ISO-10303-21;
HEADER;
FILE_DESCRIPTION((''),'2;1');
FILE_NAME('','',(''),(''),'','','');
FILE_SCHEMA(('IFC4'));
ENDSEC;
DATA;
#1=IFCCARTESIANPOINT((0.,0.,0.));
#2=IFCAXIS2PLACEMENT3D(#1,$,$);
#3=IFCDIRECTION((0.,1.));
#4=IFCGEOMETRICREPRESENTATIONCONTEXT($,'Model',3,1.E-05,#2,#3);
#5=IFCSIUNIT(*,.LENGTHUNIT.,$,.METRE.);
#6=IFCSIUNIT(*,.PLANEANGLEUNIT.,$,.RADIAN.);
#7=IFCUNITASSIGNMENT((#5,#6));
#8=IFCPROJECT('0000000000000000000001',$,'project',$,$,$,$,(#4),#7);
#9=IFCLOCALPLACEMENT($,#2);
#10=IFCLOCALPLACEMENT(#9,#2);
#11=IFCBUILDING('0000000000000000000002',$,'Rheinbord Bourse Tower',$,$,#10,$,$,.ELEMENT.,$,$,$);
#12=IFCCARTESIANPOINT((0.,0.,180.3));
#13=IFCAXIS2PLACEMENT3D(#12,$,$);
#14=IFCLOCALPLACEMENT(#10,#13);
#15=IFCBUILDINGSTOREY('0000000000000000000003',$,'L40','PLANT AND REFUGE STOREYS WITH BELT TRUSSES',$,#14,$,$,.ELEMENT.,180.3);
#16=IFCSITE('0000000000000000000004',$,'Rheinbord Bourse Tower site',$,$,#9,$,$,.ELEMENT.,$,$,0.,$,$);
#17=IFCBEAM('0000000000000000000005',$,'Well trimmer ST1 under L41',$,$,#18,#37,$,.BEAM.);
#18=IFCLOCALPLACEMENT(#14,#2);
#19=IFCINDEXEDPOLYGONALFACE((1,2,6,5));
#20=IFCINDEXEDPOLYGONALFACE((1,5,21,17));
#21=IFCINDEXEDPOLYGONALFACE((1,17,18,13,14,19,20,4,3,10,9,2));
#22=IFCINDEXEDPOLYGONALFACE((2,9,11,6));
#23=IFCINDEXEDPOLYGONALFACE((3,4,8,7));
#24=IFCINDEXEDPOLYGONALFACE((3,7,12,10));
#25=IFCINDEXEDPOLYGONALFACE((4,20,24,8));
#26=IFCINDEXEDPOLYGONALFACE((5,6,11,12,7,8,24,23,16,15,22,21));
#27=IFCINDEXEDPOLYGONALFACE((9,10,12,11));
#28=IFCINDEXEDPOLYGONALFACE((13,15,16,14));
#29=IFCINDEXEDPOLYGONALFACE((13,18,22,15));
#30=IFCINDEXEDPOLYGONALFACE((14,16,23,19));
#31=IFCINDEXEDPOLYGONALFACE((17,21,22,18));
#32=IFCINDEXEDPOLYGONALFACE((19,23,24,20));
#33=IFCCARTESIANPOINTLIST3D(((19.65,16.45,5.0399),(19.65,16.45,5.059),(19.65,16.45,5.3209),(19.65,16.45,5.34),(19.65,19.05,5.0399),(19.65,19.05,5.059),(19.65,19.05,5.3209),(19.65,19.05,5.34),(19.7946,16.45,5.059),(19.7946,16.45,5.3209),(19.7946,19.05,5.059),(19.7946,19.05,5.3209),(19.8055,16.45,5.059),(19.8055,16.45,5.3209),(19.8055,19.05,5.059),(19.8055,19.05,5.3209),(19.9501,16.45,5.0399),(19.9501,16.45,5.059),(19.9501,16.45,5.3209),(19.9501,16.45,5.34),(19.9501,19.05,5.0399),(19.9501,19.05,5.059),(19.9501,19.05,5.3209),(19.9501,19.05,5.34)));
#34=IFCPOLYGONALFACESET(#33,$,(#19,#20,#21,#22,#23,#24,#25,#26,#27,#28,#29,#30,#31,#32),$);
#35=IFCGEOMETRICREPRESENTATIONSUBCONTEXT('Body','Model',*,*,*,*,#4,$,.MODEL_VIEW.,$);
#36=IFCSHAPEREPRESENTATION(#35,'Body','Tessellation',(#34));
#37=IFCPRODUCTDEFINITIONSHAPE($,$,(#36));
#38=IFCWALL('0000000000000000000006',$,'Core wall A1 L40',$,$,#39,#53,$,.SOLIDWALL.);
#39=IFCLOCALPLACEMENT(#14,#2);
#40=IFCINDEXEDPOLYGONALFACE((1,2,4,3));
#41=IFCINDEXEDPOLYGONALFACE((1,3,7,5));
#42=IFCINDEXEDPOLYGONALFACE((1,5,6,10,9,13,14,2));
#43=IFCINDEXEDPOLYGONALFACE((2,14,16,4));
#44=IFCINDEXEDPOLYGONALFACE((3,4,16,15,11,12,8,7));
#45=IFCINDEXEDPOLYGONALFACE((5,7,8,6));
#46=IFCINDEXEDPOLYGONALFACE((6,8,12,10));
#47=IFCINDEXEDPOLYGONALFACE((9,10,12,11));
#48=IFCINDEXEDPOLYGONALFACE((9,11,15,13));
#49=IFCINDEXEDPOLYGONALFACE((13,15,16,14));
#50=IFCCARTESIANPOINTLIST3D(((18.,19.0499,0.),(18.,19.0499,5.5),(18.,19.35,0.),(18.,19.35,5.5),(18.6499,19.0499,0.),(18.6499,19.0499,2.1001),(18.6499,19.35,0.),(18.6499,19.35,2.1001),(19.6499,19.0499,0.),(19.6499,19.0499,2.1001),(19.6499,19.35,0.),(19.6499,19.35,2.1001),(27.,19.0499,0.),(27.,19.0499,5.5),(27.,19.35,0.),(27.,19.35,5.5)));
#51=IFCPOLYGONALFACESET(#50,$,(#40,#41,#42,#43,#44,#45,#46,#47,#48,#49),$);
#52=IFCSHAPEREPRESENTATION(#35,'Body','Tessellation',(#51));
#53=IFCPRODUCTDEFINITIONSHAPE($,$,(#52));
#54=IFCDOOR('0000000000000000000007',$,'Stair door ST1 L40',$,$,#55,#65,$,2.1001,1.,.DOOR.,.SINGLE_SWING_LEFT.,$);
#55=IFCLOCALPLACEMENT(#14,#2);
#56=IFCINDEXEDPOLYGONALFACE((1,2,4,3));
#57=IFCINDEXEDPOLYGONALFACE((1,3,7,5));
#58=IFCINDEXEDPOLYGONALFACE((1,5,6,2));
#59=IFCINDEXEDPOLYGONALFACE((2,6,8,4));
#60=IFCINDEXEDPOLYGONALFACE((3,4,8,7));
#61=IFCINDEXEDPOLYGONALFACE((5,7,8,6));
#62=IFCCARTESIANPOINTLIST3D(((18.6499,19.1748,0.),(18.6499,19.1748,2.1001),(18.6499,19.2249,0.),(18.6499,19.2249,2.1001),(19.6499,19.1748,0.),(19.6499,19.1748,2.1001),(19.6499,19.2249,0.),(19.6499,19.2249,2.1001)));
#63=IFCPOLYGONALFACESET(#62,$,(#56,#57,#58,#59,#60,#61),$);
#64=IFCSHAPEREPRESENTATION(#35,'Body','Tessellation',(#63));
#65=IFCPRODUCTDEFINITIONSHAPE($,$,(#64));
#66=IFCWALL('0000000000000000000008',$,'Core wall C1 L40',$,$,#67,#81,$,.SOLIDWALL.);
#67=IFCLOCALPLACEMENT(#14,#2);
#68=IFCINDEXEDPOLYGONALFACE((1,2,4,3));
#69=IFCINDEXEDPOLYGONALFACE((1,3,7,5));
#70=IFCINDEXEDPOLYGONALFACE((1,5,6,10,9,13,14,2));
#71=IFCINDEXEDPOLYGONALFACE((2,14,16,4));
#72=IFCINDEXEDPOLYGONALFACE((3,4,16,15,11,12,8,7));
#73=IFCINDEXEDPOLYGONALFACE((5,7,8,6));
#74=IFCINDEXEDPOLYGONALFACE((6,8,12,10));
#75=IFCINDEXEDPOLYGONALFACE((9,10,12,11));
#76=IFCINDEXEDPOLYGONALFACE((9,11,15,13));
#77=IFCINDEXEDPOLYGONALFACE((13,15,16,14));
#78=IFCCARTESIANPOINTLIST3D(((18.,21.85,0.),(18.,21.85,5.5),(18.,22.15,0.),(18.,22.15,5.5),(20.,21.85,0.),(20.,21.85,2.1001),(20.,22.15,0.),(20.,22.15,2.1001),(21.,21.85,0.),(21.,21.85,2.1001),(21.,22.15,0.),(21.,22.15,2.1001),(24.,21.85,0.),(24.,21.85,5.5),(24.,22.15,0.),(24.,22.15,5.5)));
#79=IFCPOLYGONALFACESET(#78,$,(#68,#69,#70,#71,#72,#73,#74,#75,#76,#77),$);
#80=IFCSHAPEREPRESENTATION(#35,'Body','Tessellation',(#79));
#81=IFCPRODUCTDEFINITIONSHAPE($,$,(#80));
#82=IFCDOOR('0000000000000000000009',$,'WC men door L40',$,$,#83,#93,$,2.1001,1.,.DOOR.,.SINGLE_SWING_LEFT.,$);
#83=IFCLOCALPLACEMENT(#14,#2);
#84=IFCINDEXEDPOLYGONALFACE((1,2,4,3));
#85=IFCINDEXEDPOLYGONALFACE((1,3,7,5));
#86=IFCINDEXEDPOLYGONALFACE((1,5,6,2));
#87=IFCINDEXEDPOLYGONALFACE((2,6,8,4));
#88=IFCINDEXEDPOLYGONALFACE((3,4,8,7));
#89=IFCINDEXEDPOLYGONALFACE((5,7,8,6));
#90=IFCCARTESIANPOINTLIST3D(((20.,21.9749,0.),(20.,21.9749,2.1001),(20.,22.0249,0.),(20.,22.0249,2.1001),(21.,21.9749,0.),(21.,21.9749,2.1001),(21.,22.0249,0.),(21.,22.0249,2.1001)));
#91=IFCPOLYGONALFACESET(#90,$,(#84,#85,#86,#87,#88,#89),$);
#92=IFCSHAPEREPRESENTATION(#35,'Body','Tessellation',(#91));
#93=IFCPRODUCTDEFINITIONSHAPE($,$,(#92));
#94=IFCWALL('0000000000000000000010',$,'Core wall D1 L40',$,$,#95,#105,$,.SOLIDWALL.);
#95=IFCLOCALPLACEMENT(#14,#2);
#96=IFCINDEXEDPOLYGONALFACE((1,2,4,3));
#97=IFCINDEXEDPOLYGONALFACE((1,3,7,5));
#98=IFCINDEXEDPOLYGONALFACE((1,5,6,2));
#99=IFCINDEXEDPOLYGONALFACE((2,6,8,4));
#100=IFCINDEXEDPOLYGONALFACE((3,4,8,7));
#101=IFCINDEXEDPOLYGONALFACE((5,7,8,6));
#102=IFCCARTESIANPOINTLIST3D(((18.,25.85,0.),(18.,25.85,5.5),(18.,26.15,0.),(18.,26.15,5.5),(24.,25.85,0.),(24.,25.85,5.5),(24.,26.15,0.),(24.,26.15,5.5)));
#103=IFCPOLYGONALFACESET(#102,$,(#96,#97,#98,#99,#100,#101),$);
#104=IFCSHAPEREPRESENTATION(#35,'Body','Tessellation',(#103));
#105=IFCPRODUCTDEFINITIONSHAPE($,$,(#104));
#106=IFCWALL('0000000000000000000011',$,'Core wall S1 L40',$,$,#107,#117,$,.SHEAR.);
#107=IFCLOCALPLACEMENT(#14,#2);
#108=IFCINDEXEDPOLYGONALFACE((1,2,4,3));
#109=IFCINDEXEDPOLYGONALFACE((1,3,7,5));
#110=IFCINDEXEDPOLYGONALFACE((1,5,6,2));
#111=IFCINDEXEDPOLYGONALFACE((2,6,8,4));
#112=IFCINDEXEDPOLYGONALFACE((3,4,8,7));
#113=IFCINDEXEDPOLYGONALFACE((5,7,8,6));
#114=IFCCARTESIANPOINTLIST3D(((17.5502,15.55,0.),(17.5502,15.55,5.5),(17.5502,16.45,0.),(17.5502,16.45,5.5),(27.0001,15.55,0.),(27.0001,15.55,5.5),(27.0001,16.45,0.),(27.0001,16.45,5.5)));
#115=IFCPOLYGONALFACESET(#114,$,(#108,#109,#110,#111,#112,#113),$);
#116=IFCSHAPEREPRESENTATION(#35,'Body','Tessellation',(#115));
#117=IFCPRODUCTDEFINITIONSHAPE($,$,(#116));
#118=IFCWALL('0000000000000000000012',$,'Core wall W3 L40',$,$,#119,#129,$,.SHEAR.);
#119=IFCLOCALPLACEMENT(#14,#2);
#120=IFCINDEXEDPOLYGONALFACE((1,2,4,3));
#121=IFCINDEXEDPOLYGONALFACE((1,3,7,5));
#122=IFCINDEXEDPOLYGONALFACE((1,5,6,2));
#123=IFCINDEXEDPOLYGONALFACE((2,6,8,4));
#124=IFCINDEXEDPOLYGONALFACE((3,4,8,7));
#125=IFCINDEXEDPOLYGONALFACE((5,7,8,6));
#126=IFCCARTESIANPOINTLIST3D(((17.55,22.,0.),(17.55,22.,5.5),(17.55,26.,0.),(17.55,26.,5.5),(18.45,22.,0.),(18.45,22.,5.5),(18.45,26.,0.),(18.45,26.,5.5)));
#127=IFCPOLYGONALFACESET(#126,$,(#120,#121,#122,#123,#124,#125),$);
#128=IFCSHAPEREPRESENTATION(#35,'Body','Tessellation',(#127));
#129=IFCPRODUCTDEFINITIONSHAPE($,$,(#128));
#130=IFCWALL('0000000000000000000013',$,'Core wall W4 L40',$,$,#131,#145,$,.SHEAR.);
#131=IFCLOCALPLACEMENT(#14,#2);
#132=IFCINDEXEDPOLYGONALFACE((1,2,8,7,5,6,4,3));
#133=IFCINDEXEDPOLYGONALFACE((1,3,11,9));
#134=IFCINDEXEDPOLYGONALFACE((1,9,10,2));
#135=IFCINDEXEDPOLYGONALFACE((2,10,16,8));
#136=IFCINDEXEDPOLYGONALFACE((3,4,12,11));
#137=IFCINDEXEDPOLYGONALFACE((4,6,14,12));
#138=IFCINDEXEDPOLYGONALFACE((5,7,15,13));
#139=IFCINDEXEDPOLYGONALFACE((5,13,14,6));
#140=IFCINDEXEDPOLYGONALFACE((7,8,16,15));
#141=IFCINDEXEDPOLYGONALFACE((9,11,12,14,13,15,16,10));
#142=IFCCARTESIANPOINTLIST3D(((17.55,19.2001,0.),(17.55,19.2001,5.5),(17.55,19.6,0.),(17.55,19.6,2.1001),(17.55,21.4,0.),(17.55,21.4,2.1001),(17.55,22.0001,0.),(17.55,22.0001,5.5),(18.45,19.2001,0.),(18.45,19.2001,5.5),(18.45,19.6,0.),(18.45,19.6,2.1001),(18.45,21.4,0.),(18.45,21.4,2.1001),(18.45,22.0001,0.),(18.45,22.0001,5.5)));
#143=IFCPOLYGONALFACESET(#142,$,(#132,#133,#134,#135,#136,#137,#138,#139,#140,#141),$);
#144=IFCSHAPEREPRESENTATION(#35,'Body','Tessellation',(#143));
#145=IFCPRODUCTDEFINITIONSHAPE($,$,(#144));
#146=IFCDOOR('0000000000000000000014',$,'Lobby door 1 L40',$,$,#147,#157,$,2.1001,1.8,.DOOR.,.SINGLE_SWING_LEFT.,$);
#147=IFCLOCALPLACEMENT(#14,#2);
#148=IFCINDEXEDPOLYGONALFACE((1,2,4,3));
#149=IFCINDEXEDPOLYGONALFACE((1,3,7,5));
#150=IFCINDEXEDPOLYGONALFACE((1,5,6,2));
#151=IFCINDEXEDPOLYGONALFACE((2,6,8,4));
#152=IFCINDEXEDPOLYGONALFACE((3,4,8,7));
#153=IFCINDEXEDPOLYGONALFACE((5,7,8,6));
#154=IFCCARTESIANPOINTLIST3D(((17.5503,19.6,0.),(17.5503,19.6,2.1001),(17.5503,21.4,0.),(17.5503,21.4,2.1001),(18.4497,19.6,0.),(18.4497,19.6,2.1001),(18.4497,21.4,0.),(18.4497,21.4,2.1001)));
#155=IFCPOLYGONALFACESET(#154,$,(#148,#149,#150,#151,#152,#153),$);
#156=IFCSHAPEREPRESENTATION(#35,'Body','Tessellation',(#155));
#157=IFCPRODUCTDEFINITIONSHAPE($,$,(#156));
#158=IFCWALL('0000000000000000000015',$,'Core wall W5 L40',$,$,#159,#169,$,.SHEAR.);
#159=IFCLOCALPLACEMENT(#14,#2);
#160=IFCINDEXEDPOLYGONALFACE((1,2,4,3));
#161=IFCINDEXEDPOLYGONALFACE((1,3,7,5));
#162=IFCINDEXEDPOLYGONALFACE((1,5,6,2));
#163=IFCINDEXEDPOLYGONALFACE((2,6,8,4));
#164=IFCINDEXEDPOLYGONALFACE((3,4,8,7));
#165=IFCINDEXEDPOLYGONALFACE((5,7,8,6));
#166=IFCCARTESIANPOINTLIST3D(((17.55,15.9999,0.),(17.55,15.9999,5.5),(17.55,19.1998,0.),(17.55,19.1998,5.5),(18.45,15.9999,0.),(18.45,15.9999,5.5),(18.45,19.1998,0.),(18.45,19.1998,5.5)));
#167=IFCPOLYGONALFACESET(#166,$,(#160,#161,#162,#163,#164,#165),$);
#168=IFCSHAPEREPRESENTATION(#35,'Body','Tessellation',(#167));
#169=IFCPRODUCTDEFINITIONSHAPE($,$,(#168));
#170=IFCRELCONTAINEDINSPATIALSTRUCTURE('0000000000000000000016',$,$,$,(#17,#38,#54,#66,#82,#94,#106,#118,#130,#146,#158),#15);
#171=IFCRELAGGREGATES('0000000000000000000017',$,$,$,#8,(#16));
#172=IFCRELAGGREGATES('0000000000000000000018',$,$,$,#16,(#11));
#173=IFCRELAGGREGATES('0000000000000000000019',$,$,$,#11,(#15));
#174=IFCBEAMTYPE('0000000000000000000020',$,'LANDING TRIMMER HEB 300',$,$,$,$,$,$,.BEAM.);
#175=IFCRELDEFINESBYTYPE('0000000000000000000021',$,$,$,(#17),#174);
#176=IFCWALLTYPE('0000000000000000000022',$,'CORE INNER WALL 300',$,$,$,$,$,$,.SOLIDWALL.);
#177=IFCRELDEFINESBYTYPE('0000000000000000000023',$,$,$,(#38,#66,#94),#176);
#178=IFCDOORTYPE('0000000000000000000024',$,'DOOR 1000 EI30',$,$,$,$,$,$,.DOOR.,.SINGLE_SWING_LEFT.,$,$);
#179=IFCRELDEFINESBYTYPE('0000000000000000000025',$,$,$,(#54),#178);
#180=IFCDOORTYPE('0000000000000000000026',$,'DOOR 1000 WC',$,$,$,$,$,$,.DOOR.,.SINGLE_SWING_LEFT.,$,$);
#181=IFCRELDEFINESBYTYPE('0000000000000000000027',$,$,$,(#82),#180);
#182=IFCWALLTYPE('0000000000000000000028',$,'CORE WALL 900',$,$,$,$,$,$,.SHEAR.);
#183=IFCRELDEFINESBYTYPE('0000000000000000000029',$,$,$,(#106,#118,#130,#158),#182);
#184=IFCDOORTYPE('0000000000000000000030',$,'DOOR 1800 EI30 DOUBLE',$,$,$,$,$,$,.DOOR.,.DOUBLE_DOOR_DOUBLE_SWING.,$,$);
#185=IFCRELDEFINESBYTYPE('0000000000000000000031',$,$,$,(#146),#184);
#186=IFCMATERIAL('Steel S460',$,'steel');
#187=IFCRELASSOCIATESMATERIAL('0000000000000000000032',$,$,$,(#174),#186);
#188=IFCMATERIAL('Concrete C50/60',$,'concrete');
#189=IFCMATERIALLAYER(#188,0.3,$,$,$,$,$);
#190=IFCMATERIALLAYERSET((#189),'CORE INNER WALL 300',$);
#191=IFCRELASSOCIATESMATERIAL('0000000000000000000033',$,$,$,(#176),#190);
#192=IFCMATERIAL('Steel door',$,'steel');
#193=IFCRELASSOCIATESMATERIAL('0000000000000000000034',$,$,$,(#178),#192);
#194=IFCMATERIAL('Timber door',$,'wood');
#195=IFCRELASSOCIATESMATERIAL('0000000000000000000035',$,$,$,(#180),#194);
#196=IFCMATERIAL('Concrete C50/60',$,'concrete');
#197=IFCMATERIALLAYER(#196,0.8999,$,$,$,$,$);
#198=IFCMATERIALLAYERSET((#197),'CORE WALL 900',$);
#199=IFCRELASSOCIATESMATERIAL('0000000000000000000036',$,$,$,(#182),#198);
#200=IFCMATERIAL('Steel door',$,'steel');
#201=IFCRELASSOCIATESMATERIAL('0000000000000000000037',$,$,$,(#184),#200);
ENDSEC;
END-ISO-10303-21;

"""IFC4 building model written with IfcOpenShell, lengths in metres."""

from ifc_helpers import new_model, si_unit, direction, frame, frame_2d, origin, origin_2d, place, context, subcontext, project, spatial, rectangle, i_section, extrude, material, layer, layer_set, material_profile, profile_set, type_object, element, fill, save


model = new_model("IFC4")

# Units and contexts
model_context = context("Model", 3, precision=1e-05, world=origin(), true_north=direction((0.0, 1.0)))
body_context = subcontext(model_context, "Body", "Model", "MODEL_VIEW")
ifc_project = project(units=[si_unit("LENGTHUNIT", "METRE"), si_unit("PLANEANGLEUNIT", "RADIAN")], contexts=[model_context])

# Site, building, storey
site_placement = place(None, origin())
site = spatial("IfcSite", under=ifc_project, at=site_placement, Name="Rheinbord Bourse Tower site", CompositionType="ELEMENT", RefElevation=0.0)
building_placement = place(site_placement, origin())
building = spatial("IfcBuilding", under=site, at=building_placement, Name="Rheinbord Bourse Tower", CompositionType="ELEMENT")
storey_placement = place(building_placement, frame((0.0, 0.0, 180.3)))
storey = spatial("IfcBuildingStorey", under=building, at=storey_placement, Name="L40", Description="PLANT AND REFUGE STOREYS WITH BELT TRUSSES", CompositionType="ELEMENT", Elevation=180.3)

# Beam
ifc_material_1 = material(Name="Steel S460", Category="steel")
ifc_material_profile_1 = material_profile(ifc_material_1, i_section(OverallWidth=0.3, OverallDepth=0.3, WebThickness=0.011, FlangeThickness=0.019, at=origin_2d()), Name="HEB 300")
ifc_profile_set_1 = profile_set([ifc_material_profile_1], Name="Steel S460")
beam_type_1 = type_object("IfcBeamType", Name="LANDING TRIMMER HEB 300", PredefinedType="BEAM", material=ifc_profile_set_1)
beam_placement = place(storey_placement, frame((19.8, 16.45, 5.1899), z_axis=(0.0, 1.0, 0.0), x_axis=(-1.0, 0.0, 0.0)))
element("IfcBeam", 1, at=beam_placement, inside=storey, type_object=beam_type_1, Name="Well trimmer ST1 under L41", PredefinedType="BEAM", context=body_context, shape_type="SweptSolid", body=[
    extrude(i_section(OverallWidth=0.3, OverallDepth=0.3, WebThickness=0.011, FlangeThickness=0.019, at=origin_2d()), origin(), (0.0, 0.0, 1.0), 2.6001),
])

# Walls, openings, doors
ifc_material_2 = material(Name="Concrete C50/60", Category="concrete")
ifc_layer_1 = layer(ifc_material_2, 0.3)
ifc_layer_set_1 = layer_set([ifc_layer_1], Name="CORE INNER WALL 300")
wall_type_1 = type_object("IfcWallType", Name="CORE INNER WALL 300", PredefinedType="SOLIDWALL", material=ifc_layer_set_1)
wall_1_placement = place(storey_placement, frame((18.0, 19.2, 0.0), z_axis=(0.0, 0.0, 1.0), x_axis=(1.0, 0.0, 0.0)))
wall_1 = element("IfcWall", 2, at=wall_1_placement, inside=storey, type_object=wall_type_1, Name="Core wall A1 L40", PredefinedType="SOLIDWALL", context=body_context, shape_type="SweptSolid", body=[
    extrude(rectangle(XDim=9.0, YDim=0.3, at=frame_2d((4.5, 0.0))), origin(), (0.0, 0.0, 1.0), 5.5),
])
opening_1_placement = place(wall_1_placement, frame((0.6499, 0.0, 0.0)))
opening_1 = element("IfcOpeningElement", 3, at=opening_1_placement, cuts=wall_1, PredefinedType="OPENING", context=body_context, shape_type="SweptSolid", body=[
    extrude(rectangle(XDim=1.0, YDim=2.1001, at=frame_2d((0.5, 1.05))), frame((0.0, 0.1599, 0.0), z_axis=(0.0, -1.0, 0.0), x_axis=(1.0, 0.0, 0.0)), (0.0, 0.0, 1.0), 0.3201),
])
ifc_material_3 = material(Name="Steel door", Category="steel")
door_type_1 = type_object("IfcDoorType", Name="DOOR 1000 EI30", OperationType="SINGLE_SWING_LEFT", PredefinedType="DOOR", material=ifc_material_3)
door_1_placement = place(opening_1_placement, origin())
door_1 = element("IfcDoor", 4, at=door_1_placement, inside=storey, type_object=door_type_1, Name="Stair door ST1 L40", OperationType="SINGLE_SWING_LEFT", OverallHeight=2.1001, OverallWidth=1.0, PredefinedType="DOOR", context=body_context, shape_type="SweptSolid", body=[
    extrude(rectangle(XDim=1.0, YDim=2.1001, at=frame_2d((0.5, 1.05))), frame((0.0, 0.0249, 0.0), z_axis=(0.0, -1.0, 0.0), x_axis=(1.0, 0.0, 0.0)), (0.0, 0.0, 1.0), 0.05),
])
fill(opening_1, door_1)
wall_2_placement = place(storey_placement, frame((18.0, 22.0, 0.0), z_axis=(0.0, 0.0, 1.0), x_axis=(1.0, 0.0, 0.0)))
wall_2 = element("IfcWall", 5, at=wall_2_placement, inside=storey, type_object=wall_type_1, Name="Core wall C1 L40", PredefinedType="SOLIDWALL", context=body_context, shape_type="SweptSolid", body=[
    extrude(rectangle(XDim=6.0, YDim=0.3, at=frame_2d((3.0, 0.0))), origin(), (0.0, 0.0, 1.0), 5.5),
])
opening_2_placement = place(wall_2_placement, frame((2.0, 0.0, 0.0)))
opening_2 = element("IfcOpeningElement", 6, at=opening_2_placement, cuts=wall_2, PredefinedType="OPENING", context=body_context, shape_type="SweptSolid", body=[
    extrude(rectangle(XDim=1.0, YDim=2.1001, at=frame_2d((0.5, 1.05))), frame((0.0, 0.1599, 0.0), z_axis=(0.0, -1.0, 0.0), x_axis=(1.0, 0.0, 0.0)), (0.0, 0.0, 1.0), 0.3201),
])
ifc_material_4 = material(Name="Timber door", Category="wood")
door_type_2 = type_object("IfcDoorType", Name="DOOR 1000 WC", OperationType="SINGLE_SWING_LEFT", PredefinedType="DOOR", material=ifc_material_4)
door_2_placement = place(opening_2_placement, origin())
door_2 = element("IfcDoor", 7, at=door_2_placement, inside=storey, type_object=door_type_2, Name="WC men door L40", OperationType="SINGLE_SWING_LEFT", OverallHeight=2.1001, OverallWidth=1.0, PredefinedType="DOOR", context=body_context, shape_type="SweptSolid", body=[
    extrude(rectangle(XDim=1.0, YDim=2.1001, at=frame_2d((0.5, 1.05))), frame((0.0, 0.0249, 0.0), z_axis=(0.0, -1.0, 0.0), x_axis=(1.0, 0.0, 0.0)), (0.0, 0.0, 1.0), 0.05),
])
fill(opening_2, door_2)

# Walls
wall_3_placement = place(storey_placement, frame((18.0, 26.0, 0.0), z_axis=(0.0, 0.0, 1.0), x_axis=(1.0, 0.0, 0.0)))
element("IfcWall", 8, at=wall_3_placement, inside=storey, type_object=wall_type_1, Name="Core wall D1 L40", PredefinedType="SOLIDWALL", context=body_context, shape_type="SweptSolid", body=[
    extrude(rectangle(XDim=6.0, YDim=0.3, at=frame_2d((3.0, 0.0))), origin(), (0.0, 0.0, 1.0), 5.5),
])
ifc_material_5 = material(Name="Concrete C50/60", Category="concrete")
ifc_layer_2 = layer(ifc_material_5, 0.8999)
ifc_layer_set_2 = layer_set([ifc_layer_2], Name="CORE WALL 900")
wall_type_2 = type_object("IfcWallType", Name="CORE WALL 900", PredefinedType="SHEAR", material=ifc_layer_set_2)
wall_4_placement = place(storey_placement, frame((17.55, 16.0, 0.0), z_axis=(0.0, 0.0, 1.0), x_axis=(1.0, 0.0, 0.0)))
element("IfcWall", 9, at=wall_4_placement, inside=storey, type_object=wall_type_2, Name="Core wall S1 L40", PredefinedType="SHEAR", context=body_context, shape_type="SweptSolid", body=[
    extrude(rectangle(XDim=9.45, YDim=0.8999, at=frame_2d((4.7251, 0.0))), origin(), (0.0, 0.0, 1.0), 5.5),
])
wall_5_placement = place(storey_placement, frame((18.0, 26.0, 0.0), z_axis=(0.0, 0.0, 1.0), x_axis=(0.0, -1.0, 0.0)))
element("IfcWall", 10, at=wall_5_placement, inside=storey, type_object=wall_type_2, Name="Core wall W3 L40", PredefinedType="SHEAR", context=body_context, shape_type="SweptSolid", body=[
    extrude(rectangle(XDim=4.0, YDim=0.8999, at=frame_2d((2.0, 0.0))), origin(), (0.0, 0.0, 1.0), 5.5),
])

# Wall, opening, door
wall_6_placement = place(storey_placement, frame((18.0, 22.0, 0.0), z_axis=(0.0, 0.0, 1.0), x_axis=(0.0, -1.0, 0.0)))
wall_6 = element("IfcWall", 11, at=wall_6_placement, inside=storey, type_object=wall_type_2, Name="Core wall W4 L40", PredefinedType="SHEAR", context=body_context, shape_type="SweptSolid", body=[
    extrude(rectangle(XDim=2.8, YDim=0.8999, at=frame_2d((1.3999, 0.0))), origin(), (0.0, 0.0, 1.0), 5.5),
])
opening_3_placement = place(wall_6_placement, frame((0.6001, 0.0, 0.0)))
opening_3 = element("IfcOpeningElement", 12, at=opening_3_placement, cuts=wall_6, PredefinedType="OPENING", context=body_context, shape_type="SweptSolid", body=[
    extrude(rectangle(XDim=1.8, YDim=2.1001, at=frame_2d((0.8999, 1.05))), frame((0.0, 0.46, 0.0), z_axis=(0.0, -1.0, 0.0), x_axis=(1.0, 0.0, 0.0)), (0.0, 0.0, 1.0), 0.9199),
])
ifc_material_6 = material(Name="Steel door", Category="steel")
door_type_3 = type_object("IfcDoorType", Name="DOOR 1800 EI30 DOUBLE", OperationType="DOUBLE_DOOR_DOUBLE_SWING", PredefinedType="DOOR", material=ifc_material_6)
door_3_placement = place(opening_3_placement, origin())
door_3 = element("IfcDoor", 13, at=door_3_placement, inside=storey, type_object=door_type_3, Name="Lobby door 1 L40", OperationType="SINGLE_SWING_LEFT", OverallHeight=2.1001, OverallWidth=1.8, PredefinedType="DOOR", context=body_context, shape_type="SweptSolid", body=[
    extrude(rectangle(XDim=1.8, YDim=2.1001, at=frame_2d((0.8999, 1.05))), frame((0.0, 0.4497, 0.0), z_axis=(0.0, -1.0, 0.0), x_axis=(1.0, 0.0, 0.0)), (0.0, 0.0, 1.0), 0.8994),
])
fill(opening_3, door_3)

# Wall
wall_7_placement = place(storey_placement, frame((18.0, 19.2, 0.0), z_axis=(0.0, 0.0, 1.0), x_axis=(0.0, -1.0, 0.0)))
element("IfcWall", 14, at=wall_7_placement, inside=storey, type_object=wall_type_2, Name="Core wall W5 L40", PredefinedType="SHEAR", context=body_context, shape_type="SweptSolid", body=[
    extrude(rectangle(XDim=3.2, YDim=0.8999, at=frame_2d((1.6001, 0.0))), origin(), (0.0, 0.0, 1.0), 5.5),
])

save(model, "model.ifc")
